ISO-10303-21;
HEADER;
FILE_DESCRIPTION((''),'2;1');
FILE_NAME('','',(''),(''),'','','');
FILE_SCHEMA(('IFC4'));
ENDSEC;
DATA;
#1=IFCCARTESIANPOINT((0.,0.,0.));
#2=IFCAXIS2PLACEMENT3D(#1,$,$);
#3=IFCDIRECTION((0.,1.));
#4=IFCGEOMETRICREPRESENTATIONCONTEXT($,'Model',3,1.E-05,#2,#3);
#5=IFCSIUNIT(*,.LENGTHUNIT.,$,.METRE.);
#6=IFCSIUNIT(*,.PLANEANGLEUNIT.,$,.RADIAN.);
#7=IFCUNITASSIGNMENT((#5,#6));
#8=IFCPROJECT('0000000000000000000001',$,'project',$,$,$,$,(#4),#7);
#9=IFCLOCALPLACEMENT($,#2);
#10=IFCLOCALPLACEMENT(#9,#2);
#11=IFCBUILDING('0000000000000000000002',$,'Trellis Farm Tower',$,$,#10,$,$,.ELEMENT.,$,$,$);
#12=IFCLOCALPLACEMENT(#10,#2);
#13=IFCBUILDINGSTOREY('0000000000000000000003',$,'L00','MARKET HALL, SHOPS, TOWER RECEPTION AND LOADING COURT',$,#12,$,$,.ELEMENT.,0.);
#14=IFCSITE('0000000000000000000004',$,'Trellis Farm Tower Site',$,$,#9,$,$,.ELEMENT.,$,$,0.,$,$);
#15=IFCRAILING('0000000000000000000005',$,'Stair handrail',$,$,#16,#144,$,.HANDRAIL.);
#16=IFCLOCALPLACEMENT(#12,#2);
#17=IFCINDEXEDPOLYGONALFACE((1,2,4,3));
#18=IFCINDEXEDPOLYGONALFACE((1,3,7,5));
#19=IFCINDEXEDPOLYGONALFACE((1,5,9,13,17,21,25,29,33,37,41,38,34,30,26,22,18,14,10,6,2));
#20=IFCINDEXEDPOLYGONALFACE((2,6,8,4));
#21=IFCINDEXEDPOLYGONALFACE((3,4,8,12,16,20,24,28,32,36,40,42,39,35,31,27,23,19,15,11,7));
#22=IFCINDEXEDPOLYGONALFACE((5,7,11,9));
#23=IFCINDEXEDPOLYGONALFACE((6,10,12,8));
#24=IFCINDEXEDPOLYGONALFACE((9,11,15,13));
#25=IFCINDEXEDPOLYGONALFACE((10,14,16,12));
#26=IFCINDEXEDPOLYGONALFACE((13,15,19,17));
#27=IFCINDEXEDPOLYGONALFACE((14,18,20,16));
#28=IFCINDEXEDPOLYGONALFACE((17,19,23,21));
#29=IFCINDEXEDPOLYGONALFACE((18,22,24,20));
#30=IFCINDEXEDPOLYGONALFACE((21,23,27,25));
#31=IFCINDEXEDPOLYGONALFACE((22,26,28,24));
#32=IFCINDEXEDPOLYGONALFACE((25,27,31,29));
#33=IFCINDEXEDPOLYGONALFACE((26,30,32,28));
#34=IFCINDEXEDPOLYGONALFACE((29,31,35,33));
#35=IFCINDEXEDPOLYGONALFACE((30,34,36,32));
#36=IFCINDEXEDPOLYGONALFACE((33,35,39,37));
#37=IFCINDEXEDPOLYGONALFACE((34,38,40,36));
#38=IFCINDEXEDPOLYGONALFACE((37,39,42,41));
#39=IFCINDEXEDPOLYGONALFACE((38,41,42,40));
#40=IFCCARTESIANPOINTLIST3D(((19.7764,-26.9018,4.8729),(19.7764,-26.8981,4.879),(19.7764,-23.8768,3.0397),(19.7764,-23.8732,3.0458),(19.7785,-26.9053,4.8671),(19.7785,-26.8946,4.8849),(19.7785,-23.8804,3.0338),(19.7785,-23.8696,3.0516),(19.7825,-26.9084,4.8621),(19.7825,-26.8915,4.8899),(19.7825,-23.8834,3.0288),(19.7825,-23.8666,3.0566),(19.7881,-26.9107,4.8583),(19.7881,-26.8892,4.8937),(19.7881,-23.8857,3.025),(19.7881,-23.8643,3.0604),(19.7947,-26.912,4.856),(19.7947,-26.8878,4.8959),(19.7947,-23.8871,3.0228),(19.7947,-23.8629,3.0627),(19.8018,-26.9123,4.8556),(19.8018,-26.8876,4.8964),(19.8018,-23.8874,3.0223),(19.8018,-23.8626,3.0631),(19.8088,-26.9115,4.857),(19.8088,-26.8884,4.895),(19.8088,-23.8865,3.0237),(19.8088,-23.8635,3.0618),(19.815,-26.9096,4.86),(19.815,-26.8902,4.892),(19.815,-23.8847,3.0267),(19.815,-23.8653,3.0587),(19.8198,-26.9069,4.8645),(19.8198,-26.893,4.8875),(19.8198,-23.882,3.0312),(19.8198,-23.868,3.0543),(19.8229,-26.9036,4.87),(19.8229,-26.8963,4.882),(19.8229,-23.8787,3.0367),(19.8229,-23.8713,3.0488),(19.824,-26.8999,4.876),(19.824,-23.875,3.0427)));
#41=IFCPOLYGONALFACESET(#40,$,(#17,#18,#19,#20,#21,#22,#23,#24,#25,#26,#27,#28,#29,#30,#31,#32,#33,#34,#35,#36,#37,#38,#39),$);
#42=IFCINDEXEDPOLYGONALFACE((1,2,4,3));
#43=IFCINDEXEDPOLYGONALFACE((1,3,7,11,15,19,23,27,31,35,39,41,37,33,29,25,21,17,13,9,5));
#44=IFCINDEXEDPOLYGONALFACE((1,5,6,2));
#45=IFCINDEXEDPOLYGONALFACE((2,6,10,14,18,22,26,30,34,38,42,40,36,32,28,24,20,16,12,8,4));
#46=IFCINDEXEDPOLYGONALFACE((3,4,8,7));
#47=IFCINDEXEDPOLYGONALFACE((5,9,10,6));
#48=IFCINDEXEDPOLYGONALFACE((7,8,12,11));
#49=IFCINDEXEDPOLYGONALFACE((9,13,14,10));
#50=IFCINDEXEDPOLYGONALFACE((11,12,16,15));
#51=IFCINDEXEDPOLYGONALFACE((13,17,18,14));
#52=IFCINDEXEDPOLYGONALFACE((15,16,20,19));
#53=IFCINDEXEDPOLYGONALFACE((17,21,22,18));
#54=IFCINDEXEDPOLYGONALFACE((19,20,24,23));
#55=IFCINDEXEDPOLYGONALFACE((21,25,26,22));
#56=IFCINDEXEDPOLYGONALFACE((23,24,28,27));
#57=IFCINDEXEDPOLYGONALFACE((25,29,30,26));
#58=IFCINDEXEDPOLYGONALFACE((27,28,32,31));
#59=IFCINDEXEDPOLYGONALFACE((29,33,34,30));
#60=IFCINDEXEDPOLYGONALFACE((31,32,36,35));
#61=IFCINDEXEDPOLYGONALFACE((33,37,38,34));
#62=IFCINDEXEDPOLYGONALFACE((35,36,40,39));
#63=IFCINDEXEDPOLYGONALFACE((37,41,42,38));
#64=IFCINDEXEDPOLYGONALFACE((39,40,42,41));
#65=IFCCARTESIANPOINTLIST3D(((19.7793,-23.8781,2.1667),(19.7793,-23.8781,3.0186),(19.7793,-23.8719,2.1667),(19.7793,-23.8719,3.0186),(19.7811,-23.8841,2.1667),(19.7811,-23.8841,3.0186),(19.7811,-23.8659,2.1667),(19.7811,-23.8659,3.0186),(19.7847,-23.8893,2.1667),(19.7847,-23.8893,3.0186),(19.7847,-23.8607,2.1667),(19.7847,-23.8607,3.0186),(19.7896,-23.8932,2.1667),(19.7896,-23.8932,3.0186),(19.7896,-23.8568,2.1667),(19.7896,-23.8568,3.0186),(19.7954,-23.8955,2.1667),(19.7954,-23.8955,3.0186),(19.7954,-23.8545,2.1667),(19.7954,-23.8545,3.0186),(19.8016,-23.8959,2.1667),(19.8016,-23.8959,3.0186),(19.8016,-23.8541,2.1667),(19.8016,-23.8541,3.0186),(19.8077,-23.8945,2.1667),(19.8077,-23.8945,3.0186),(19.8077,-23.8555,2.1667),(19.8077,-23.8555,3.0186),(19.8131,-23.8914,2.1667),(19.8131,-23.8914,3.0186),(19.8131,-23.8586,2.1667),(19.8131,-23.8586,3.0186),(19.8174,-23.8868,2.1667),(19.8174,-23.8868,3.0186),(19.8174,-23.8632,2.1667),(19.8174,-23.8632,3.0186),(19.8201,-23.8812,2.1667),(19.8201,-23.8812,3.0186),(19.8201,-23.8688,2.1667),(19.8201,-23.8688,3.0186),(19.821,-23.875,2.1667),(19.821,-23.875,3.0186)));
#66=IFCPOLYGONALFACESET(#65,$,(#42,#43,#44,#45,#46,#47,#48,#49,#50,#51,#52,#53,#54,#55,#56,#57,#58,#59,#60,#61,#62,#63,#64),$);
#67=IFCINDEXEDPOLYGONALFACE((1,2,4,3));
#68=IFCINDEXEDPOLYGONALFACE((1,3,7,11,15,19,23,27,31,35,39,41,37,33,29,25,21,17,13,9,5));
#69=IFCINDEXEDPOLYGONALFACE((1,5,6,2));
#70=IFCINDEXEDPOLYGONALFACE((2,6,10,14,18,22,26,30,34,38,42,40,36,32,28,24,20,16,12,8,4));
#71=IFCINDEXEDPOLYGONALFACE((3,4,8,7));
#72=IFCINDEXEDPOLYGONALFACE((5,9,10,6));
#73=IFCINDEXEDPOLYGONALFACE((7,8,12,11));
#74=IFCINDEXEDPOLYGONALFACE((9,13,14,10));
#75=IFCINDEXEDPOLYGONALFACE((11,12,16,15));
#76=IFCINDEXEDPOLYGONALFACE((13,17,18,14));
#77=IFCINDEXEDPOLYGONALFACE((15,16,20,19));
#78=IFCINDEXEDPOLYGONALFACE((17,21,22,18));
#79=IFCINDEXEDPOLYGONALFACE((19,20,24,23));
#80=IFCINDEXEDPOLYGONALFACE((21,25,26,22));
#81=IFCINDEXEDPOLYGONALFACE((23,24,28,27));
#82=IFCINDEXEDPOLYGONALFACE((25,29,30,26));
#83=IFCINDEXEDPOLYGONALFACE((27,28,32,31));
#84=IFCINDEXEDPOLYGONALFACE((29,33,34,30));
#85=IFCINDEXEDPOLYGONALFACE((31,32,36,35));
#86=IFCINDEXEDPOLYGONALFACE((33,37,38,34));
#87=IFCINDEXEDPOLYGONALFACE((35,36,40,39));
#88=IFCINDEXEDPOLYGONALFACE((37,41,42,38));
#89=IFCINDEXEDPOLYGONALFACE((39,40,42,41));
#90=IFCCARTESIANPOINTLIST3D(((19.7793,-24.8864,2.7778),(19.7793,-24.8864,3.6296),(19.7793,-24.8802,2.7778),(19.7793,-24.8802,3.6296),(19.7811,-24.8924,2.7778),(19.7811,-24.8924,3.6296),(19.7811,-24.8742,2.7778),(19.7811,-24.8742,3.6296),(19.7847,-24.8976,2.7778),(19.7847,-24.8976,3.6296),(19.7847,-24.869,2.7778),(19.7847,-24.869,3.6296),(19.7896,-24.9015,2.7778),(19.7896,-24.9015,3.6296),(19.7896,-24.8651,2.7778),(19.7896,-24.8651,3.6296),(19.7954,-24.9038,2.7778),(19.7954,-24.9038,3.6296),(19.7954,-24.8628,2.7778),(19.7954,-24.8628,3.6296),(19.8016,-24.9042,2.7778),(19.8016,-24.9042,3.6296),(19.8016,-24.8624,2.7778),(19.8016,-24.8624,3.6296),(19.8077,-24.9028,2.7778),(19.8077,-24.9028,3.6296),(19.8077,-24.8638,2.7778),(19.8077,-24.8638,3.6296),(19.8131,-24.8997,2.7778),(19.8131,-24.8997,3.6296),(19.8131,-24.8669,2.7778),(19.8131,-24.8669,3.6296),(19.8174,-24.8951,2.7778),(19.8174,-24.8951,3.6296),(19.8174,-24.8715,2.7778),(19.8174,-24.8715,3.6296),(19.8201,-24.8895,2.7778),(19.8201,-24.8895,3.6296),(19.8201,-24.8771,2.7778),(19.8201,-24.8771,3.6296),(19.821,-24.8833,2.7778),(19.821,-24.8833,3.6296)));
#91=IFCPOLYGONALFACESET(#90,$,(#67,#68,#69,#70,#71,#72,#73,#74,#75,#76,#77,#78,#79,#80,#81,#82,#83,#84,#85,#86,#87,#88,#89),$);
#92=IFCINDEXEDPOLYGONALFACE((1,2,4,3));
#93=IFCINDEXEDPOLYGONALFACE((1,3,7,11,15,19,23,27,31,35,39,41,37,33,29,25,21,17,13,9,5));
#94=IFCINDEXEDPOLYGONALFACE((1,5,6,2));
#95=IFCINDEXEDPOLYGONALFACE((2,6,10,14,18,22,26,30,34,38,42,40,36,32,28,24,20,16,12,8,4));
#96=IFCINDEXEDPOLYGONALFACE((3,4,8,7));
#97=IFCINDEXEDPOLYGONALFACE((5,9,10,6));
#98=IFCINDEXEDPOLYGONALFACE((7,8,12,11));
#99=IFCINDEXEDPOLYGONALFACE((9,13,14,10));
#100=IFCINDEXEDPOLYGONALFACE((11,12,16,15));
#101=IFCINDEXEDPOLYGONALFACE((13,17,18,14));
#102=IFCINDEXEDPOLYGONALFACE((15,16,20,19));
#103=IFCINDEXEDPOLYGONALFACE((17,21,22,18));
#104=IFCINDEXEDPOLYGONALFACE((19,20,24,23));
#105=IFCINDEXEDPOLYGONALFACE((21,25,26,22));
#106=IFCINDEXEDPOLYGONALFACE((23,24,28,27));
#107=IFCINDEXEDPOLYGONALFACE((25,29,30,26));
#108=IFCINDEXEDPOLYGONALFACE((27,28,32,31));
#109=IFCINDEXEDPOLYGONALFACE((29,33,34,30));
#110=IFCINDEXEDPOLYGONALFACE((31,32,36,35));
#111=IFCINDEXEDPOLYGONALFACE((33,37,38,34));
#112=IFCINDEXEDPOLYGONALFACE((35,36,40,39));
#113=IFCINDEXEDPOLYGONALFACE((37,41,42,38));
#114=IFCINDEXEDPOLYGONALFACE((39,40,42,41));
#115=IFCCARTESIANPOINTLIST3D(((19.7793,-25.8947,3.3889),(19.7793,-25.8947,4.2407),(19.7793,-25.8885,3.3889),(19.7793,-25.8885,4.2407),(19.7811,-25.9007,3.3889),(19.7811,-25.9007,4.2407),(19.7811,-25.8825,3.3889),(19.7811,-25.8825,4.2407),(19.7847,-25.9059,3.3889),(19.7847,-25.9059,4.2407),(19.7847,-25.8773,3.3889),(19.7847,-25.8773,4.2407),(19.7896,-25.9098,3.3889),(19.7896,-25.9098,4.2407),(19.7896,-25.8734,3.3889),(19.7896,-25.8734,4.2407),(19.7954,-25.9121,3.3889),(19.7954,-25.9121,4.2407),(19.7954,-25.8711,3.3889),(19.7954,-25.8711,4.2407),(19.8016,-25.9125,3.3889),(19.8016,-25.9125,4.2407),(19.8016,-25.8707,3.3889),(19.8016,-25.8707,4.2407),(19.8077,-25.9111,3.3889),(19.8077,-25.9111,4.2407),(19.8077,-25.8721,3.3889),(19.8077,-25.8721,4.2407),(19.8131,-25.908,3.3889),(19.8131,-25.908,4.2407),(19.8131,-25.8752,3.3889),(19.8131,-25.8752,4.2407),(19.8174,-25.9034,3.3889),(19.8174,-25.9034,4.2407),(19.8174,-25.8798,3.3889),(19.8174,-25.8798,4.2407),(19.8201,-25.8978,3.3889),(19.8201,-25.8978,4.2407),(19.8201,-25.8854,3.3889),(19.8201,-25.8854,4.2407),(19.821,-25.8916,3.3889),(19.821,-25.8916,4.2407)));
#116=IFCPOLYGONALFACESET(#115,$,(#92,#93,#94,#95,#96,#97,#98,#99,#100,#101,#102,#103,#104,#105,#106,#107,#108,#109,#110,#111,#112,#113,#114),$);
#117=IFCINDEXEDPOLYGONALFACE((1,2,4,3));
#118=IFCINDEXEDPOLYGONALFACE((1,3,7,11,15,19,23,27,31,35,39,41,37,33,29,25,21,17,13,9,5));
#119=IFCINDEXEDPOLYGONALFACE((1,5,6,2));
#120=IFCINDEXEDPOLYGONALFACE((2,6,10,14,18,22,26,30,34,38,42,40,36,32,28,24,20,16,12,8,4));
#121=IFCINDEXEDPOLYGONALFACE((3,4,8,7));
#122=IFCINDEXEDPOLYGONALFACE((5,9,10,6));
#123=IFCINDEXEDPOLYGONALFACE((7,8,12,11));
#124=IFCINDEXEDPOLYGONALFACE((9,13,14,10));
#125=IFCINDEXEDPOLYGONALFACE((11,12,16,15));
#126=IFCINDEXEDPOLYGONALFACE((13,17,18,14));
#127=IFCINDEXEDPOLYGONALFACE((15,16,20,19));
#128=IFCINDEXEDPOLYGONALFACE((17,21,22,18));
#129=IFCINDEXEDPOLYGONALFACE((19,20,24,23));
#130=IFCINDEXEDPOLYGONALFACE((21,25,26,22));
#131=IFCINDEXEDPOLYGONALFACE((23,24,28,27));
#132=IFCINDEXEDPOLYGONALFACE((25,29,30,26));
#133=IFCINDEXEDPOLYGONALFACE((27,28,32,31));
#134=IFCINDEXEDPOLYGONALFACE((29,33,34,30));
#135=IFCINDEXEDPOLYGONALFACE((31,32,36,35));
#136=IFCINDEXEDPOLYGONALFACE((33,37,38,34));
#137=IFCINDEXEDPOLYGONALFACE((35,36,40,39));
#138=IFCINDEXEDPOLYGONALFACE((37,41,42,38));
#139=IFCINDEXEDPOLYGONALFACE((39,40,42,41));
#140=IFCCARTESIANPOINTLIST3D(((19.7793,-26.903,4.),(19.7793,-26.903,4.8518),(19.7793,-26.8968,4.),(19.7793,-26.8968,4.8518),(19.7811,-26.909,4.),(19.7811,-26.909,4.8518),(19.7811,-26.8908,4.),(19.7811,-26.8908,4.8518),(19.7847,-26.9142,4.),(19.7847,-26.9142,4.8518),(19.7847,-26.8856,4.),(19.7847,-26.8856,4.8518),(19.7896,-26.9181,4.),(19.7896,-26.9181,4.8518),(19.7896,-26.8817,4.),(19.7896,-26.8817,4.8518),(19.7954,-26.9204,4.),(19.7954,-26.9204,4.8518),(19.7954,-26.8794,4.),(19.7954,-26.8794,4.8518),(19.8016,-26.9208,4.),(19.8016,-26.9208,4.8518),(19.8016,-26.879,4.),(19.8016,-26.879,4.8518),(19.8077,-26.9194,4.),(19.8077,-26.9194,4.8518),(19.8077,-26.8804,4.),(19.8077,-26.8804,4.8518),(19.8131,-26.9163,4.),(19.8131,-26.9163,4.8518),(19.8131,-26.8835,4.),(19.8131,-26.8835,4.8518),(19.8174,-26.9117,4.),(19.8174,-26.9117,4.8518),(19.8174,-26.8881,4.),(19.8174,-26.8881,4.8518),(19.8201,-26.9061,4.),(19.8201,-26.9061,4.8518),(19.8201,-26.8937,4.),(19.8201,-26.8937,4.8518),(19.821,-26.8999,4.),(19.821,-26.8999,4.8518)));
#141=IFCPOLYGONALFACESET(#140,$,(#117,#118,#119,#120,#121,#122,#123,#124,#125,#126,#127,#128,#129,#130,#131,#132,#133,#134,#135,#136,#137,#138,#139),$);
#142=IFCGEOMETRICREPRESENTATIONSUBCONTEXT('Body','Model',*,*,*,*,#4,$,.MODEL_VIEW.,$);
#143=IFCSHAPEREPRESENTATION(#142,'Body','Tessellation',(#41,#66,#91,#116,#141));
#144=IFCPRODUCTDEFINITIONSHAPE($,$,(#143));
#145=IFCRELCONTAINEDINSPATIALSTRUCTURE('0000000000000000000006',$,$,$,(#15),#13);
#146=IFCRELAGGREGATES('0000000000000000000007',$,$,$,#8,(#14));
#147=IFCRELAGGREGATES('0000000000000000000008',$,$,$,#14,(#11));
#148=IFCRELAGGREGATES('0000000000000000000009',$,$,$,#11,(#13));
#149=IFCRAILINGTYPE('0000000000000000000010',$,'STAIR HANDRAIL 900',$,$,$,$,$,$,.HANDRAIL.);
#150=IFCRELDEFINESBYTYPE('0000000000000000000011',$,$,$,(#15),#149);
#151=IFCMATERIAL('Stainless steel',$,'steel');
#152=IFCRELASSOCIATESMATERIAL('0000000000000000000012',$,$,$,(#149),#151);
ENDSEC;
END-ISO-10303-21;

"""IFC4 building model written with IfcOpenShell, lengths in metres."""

from ifc_helpers import new_model, si_unit, direction, frame, origin, origin_2d, place, context, subcontext, project, spatial, circle, extrude, source, transform, mapped, material, type_object, element, save


model = new_model("IFC4")

# Units and contexts
model_context = context("Model", 3, precision=1e-05, world=origin(), true_north=direction((0.0, 1.0)))
body_context = subcontext(model_context, "Body", "Model", "MODEL_VIEW")
ifc_project = project(units=[si_unit("LENGTHUNIT", "METRE"), si_unit("PLANEANGLEUNIT", "RADIAN")], contexts=[model_context])

# Site, building, storey
site_placement = place(None, origin())
site = spatial("IfcSite", under=ifc_project, at=site_placement, Name="Trellis Farm Tower Site", CompositionType="ELEMENT", RefElevation=0.0)
building_placement = place(site_placement, origin())
building = spatial("IfcBuilding", under=site, at=building_placement, Name="Trellis Farm Tower", CompositionType="ELEMENT")
storey_placement = place(building_placement, origin())
storey = spatial("IfcBuildingStorey", under=building, at=storey_placement, Name="L00", Description="MARKET HALL, SHOPS, TOWER RECEPTION AND LOADING COURT", CompositionType="ELEMENT", Elevation=0.0)

# Railing
ifc_material_1 = material(Name="Stainless steel", Category="steel")
railing_type = type_object("IfcRailingType", Name="STAIR HANDRAIL 900", PredefinedType="HANDRAIL", material=ifc_material_1)
shared_shape_1 = source(origin(), body_context, "Body", "SweptSolid", [
    extrude(circle(Radius=0.0239, at=origin_2d()), frame((0.0, 0.0, 0.876), z_axis=(0.0, -0.855201, 0.518297), x_axis=(1.0, 0.0, 0.0)), (0.0, 0.0, 1.0), 3.5371),
    extrude(circle(Radius=0.021, at=origin_2d()), origin(), (0.0, 0.0, 1.0), 0.8518),
    extrude(circle(Radius=0.021, at=origin_2d()), frame((0.0, -1.0083, 0.6111)), (0.0, 0.0, 1.0), 0.8518),
    extrude(circle(Radius=0.021, at=origin_2d()), frame((0.0, -2.0166, 1.2222)), (0.0, 0.0, 1.0), 0.8518),
    extrude(circle(Radius=0.021, at=origin_2d()), frame((0.0, -3.0249, 1.8333)), (0.0, 0.0, 1.0), 0.8518),
])
for number, where, name in (
    (1, (19.8, -23.875, 2.1667), "Stair handrail"),
):
    element("IfcRailing", number, at=place(storey_placement, frame(where)), inside=storey, type_object=railing_type, Name=name, PredefinedType="HANDRAIL", context=body_context, shape_type="MappedRepresentation", body=[
        mapped(shared_shape_1, transform((0.0, 0.0, 0.0))),
    ])

save(model, "model.ifc")
